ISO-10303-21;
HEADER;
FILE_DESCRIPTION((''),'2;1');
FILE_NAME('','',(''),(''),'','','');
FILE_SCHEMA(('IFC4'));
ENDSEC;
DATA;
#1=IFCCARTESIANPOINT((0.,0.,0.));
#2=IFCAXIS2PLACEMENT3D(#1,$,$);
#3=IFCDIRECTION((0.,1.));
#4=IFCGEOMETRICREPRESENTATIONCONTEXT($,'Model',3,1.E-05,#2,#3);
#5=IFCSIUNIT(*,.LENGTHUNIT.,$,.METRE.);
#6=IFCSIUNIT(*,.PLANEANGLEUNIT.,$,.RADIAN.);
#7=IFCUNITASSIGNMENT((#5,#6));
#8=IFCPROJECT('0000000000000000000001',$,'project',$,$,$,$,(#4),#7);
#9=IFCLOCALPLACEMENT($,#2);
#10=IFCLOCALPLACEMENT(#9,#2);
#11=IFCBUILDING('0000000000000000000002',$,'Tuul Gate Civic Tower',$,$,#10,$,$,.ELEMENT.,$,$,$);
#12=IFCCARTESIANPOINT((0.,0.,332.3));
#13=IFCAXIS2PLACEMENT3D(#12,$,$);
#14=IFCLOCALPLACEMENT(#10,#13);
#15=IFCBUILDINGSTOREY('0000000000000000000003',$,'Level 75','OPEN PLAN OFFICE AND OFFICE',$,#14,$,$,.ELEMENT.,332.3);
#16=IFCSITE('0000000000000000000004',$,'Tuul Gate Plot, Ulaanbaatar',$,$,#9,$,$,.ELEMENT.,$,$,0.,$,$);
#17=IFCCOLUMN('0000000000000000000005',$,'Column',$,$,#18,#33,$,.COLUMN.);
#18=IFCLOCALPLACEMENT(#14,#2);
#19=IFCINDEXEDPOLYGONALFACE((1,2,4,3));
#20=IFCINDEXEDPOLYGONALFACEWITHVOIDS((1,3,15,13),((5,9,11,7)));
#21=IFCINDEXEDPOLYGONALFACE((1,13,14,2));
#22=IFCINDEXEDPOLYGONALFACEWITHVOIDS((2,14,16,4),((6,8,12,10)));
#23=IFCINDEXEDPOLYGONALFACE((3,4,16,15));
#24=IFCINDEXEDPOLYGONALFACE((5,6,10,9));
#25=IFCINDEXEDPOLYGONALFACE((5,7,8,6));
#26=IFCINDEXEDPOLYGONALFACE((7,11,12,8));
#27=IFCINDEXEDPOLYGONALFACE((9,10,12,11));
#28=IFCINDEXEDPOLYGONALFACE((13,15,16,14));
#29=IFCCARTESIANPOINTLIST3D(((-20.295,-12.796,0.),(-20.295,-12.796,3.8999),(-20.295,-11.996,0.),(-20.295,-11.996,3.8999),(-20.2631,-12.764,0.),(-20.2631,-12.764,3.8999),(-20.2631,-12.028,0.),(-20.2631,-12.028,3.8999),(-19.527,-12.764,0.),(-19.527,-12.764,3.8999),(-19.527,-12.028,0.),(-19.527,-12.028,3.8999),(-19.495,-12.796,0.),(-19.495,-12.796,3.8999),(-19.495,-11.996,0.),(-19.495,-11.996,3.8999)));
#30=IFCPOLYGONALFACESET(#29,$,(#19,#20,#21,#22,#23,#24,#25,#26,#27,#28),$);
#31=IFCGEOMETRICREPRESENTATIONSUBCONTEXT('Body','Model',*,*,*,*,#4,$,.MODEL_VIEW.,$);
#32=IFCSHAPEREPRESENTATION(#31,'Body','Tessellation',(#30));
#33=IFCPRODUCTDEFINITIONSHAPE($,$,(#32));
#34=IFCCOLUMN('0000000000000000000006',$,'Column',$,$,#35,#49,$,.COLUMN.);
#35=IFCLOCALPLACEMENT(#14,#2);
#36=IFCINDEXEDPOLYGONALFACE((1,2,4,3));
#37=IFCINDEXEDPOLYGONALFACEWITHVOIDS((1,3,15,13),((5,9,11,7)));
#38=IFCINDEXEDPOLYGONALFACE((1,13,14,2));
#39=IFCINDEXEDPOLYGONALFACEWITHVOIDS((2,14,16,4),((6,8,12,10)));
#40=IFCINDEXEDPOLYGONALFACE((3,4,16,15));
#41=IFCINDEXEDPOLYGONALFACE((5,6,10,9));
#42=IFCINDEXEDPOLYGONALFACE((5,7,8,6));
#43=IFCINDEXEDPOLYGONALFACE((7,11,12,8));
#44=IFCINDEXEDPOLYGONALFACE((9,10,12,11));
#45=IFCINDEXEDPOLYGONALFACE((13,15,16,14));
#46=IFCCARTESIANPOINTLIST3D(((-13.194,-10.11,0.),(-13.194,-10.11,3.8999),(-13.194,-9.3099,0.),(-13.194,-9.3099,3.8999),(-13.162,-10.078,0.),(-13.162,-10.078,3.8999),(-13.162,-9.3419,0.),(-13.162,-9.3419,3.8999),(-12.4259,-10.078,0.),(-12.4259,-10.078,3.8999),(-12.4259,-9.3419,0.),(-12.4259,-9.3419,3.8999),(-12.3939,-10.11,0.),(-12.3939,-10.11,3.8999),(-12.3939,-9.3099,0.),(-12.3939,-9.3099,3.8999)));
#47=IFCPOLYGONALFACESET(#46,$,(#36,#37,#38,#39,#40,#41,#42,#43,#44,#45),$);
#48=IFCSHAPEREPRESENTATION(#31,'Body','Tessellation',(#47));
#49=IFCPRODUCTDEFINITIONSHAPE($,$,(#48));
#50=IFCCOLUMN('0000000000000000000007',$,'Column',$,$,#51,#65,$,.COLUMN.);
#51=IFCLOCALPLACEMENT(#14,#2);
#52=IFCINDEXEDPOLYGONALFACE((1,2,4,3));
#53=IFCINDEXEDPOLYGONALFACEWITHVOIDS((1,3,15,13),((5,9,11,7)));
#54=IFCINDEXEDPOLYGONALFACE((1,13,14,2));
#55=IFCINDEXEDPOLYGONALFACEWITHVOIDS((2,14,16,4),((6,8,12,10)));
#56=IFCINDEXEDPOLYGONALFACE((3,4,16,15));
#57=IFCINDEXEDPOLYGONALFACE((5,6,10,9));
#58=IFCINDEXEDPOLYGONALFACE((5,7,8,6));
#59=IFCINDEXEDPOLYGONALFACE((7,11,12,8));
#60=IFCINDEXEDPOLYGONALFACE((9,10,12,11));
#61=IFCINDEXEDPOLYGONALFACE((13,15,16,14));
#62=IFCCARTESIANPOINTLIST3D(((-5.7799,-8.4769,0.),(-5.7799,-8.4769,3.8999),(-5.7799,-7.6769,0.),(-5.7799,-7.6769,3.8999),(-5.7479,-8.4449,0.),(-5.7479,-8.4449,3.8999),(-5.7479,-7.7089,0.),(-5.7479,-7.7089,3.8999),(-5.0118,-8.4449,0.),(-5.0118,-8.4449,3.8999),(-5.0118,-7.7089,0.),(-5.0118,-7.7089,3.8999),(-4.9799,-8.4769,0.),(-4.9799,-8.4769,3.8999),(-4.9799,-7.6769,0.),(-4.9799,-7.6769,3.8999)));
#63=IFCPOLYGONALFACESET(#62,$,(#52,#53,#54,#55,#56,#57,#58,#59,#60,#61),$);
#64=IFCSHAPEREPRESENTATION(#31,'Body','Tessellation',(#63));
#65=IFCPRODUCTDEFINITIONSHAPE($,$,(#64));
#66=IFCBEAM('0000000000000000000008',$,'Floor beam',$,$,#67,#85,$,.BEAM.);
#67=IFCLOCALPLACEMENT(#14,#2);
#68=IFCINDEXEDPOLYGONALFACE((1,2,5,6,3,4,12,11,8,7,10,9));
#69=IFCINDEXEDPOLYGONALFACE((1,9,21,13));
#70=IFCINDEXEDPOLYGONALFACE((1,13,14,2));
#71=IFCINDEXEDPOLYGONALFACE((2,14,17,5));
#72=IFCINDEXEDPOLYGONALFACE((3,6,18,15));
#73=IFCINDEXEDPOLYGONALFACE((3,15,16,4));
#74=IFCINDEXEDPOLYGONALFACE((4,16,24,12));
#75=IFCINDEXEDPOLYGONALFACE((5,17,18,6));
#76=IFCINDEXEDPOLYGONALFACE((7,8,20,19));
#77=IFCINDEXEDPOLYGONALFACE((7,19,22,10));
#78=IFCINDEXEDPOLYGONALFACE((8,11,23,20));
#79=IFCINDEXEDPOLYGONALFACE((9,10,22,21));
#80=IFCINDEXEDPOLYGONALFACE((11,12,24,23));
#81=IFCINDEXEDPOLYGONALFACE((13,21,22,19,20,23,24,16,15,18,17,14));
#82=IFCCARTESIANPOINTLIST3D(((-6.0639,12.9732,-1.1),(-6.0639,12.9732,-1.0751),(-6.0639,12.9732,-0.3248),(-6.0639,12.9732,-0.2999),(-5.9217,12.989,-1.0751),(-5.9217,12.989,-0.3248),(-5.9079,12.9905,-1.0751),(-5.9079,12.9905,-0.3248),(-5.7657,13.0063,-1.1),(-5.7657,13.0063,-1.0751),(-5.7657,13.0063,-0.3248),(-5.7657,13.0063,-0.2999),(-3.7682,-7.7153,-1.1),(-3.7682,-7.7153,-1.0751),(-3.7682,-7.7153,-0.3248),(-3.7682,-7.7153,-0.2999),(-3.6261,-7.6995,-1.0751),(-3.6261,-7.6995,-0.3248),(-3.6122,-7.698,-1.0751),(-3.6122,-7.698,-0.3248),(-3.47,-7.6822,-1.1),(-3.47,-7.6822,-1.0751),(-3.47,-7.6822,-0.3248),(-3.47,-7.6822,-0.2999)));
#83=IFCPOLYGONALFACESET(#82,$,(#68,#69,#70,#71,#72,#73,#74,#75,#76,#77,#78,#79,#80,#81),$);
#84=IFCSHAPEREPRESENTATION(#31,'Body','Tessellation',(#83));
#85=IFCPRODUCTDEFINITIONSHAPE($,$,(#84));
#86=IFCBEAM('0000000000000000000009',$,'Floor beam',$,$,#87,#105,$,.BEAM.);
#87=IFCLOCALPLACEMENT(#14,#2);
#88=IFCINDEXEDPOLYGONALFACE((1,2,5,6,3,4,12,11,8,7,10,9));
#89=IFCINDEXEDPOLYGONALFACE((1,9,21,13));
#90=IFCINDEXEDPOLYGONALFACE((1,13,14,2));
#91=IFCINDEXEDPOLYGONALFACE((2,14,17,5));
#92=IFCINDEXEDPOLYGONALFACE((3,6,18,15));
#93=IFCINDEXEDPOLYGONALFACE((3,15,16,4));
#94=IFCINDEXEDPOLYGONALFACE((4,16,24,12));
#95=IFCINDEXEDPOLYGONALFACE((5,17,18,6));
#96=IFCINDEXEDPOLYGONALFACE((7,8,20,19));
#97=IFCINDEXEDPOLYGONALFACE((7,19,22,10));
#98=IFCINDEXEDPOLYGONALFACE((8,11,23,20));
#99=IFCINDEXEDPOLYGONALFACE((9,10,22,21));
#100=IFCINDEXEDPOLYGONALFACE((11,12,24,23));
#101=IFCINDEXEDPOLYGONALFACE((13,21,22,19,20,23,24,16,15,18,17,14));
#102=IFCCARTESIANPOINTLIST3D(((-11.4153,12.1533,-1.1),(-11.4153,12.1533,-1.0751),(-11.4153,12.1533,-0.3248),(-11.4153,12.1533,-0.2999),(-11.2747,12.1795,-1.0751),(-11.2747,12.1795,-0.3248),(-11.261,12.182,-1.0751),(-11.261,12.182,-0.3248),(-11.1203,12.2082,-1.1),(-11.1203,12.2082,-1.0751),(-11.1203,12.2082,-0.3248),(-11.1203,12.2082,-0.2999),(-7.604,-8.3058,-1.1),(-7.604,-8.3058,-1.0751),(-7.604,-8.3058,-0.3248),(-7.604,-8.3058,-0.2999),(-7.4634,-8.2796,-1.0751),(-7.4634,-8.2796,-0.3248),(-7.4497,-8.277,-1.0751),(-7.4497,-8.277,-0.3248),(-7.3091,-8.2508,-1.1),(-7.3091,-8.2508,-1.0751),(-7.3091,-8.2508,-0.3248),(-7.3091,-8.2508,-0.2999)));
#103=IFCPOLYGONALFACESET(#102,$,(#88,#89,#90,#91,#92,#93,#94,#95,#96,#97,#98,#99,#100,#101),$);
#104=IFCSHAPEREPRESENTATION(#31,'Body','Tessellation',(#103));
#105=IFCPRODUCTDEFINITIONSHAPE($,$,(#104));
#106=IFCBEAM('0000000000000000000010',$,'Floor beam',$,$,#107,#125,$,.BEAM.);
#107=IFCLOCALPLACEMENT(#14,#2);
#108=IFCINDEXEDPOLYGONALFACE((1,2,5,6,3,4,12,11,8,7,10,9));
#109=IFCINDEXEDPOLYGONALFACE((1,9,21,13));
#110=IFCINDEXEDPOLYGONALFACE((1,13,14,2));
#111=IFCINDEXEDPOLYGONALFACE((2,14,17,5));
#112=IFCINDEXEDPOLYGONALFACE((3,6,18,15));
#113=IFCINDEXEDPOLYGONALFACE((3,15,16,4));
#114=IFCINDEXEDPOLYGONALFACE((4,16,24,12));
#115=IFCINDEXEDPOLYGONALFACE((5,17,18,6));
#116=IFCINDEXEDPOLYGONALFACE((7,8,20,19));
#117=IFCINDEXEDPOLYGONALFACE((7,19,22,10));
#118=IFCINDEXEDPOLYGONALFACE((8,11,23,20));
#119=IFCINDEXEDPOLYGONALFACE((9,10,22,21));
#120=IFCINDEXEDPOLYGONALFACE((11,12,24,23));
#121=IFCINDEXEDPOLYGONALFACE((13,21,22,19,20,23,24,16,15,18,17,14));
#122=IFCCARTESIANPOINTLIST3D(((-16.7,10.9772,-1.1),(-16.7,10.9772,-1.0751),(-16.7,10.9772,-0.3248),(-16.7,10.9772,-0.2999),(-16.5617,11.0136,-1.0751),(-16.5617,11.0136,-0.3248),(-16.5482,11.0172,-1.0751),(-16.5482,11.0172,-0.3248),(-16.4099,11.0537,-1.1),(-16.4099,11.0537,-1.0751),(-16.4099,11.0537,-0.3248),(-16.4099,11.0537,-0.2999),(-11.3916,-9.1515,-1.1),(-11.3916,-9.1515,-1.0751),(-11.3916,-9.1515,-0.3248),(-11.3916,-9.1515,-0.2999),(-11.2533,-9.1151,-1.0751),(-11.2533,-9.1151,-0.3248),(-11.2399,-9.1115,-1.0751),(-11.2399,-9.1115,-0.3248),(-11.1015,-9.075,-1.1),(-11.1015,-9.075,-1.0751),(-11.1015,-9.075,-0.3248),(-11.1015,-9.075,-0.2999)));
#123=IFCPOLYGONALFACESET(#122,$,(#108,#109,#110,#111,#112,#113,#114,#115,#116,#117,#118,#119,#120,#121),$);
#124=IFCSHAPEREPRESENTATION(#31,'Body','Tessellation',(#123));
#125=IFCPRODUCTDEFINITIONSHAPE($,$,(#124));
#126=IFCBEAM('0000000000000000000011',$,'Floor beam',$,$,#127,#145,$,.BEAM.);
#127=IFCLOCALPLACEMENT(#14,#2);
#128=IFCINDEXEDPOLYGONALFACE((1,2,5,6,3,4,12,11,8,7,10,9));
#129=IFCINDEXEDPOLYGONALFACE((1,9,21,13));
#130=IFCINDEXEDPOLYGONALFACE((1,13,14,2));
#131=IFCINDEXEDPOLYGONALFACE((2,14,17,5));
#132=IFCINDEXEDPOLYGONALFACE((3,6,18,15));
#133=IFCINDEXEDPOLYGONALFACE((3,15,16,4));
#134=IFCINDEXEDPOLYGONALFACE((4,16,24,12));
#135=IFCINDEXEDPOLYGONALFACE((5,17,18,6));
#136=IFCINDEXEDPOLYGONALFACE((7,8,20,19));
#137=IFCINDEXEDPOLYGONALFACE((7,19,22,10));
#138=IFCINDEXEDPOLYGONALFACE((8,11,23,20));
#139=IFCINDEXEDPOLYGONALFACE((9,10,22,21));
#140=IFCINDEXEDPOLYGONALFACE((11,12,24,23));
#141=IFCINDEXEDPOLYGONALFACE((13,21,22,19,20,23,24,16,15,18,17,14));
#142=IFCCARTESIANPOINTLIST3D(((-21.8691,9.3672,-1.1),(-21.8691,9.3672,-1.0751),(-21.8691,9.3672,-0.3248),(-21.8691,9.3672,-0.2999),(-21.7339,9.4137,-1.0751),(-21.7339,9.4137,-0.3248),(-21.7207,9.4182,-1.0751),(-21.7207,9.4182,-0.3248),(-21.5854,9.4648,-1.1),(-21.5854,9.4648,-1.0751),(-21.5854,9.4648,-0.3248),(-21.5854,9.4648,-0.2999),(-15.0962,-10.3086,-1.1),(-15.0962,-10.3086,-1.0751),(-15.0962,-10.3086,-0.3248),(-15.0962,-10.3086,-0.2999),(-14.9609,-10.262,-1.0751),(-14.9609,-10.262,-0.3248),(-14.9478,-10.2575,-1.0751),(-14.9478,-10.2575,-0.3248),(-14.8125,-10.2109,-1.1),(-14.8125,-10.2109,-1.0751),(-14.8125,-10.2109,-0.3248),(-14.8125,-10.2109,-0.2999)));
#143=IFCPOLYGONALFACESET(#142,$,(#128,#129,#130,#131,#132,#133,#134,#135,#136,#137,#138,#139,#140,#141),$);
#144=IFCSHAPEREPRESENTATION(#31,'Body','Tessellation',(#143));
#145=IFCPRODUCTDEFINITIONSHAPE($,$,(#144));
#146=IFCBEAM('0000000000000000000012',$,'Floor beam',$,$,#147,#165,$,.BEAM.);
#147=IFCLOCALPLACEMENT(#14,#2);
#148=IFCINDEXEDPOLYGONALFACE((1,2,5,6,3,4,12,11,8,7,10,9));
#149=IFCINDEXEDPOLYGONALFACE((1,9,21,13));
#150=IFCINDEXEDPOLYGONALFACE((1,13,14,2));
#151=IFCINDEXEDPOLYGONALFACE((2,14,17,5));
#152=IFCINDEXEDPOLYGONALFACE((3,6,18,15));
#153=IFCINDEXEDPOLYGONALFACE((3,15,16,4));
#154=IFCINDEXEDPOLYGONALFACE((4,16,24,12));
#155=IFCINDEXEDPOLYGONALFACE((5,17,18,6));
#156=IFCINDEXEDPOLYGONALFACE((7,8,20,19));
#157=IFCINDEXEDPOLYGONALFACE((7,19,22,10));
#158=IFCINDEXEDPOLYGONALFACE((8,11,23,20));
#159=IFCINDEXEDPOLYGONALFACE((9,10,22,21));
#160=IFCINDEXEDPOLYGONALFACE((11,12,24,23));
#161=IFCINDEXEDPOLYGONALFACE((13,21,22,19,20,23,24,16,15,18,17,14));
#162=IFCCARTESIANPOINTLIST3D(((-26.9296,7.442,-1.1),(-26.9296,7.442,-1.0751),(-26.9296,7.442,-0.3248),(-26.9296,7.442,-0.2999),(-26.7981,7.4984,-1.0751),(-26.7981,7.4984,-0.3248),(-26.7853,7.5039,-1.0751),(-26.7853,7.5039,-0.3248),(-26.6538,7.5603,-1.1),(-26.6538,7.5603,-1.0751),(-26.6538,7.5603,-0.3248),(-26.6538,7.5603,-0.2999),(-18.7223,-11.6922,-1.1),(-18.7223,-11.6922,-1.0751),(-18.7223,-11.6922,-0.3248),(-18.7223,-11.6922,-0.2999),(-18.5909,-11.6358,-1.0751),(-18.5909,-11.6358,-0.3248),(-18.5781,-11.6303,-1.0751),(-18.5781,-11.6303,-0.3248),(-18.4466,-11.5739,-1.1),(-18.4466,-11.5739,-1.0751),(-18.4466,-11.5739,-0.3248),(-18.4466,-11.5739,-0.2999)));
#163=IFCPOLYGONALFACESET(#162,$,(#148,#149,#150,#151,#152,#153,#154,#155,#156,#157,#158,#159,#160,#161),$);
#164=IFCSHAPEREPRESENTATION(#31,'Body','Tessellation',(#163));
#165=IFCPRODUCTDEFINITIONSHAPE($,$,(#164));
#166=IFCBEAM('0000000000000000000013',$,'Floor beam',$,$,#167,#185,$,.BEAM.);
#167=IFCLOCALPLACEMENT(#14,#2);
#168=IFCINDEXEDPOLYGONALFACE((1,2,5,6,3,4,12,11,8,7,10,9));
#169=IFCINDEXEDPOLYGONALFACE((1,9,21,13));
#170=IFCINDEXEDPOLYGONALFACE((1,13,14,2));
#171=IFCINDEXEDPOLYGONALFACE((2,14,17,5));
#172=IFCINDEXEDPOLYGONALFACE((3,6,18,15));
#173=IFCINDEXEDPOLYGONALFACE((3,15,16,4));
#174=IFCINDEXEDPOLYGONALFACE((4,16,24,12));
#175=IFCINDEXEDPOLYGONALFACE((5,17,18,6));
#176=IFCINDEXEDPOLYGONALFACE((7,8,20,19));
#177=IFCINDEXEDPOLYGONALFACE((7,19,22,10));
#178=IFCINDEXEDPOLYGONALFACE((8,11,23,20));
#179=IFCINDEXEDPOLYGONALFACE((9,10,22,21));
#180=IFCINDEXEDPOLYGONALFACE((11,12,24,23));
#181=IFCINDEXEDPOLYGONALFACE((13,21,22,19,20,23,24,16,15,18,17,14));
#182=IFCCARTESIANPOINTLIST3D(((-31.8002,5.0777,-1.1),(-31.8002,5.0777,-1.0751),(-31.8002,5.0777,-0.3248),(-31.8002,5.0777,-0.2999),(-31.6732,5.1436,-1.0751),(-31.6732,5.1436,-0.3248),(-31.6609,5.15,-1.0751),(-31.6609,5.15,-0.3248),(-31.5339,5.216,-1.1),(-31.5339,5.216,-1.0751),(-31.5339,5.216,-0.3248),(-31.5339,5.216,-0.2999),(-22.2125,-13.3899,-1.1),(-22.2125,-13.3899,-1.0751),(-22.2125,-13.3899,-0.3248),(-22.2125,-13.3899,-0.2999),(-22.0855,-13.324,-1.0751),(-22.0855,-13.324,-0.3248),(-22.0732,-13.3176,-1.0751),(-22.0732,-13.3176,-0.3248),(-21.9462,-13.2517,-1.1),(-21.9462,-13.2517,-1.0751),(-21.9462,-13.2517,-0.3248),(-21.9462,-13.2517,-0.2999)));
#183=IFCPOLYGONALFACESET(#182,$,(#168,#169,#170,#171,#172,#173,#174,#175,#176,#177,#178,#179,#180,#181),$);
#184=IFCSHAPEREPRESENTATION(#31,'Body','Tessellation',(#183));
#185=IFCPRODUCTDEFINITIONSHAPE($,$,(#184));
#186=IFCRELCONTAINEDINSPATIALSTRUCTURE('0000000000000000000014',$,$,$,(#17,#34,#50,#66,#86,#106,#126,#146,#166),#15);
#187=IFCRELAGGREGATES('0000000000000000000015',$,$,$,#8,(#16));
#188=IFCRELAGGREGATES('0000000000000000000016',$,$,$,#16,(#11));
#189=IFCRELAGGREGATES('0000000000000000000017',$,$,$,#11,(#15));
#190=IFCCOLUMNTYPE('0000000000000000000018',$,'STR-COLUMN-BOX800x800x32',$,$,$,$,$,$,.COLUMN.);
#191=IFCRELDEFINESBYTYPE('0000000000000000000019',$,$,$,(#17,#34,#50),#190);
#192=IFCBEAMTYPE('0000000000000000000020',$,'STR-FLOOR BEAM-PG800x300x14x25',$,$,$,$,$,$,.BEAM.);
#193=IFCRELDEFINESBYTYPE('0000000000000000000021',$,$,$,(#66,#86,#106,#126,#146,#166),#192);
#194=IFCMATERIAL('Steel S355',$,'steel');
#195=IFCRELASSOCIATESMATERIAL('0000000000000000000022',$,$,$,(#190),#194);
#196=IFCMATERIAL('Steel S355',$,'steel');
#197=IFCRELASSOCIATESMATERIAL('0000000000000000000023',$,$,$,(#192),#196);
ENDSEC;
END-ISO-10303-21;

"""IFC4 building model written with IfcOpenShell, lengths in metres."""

from ifc_helpers import new_model, si_unit, direction, frame, origin, origin_2d, place, context, subcontext, project, spatial, hollow_rectangle, i_section, extrude, material, material_profile, profile_set, type_object, element, save


model = new_model("IFC4")

# Units and contexts
model_context = context("Model", 3, precision=1e-05, world=origin(), true_north=direction((0.0, 1.0)))
body_context = subcontext(model_context, "Body", "Model", "MODEL_VIEW")
ifc_project = project(units=[si_unit("LENGTHUNIT", "METRE"), si_unit("PLANEANGLEUNIT", "RADIAN")], contexts=[model_context])

# Site, building, storey
site_placement = place(None, origin())
site = spatial("IfcSite", under=ifc_project, at=site_placement, Name="Tuul Gate Plot, Ulaanbaatar", CompositionType="ELEMENT", RefElevation=0.0)
building_placement = place(site_placement, origin())
building = spatial("IfcBuilding", under=site, at=building_placement, Name="Tuul Gate Civic Tower", CompositionType="ELEMENT")
storey_placement = place(building_placement, frame((0.0, 0.0, 332.3)))
storey = spatial("IfcBuildingStorey", under=building, at=storey_placement, Name="Level 75", Description="OPEN PLAN OFFICE AND OFFICE", CompositionType="ELEMENT", Elevation=332.3)

# Columns
ifc_material_1 = material(Name="Steel S355", Category="steel")
ifc_material_profile_1 = material_profile(ifc_material_1, hollow_rectangle(XDim=0.8, YDim=0.8, WallThickness=0.032, at=origin_2d()), Name="BOX800x800x32")
ifc_profile_set_1 = profile_set([ifc_material_profile_1], Name="Steel S355")
column_type = type_object("IfcColumnType", Name="STR-COLUMN-BOX800x800x32", PredefinedType="COLUMN", material=ifc_profile_set_1)
for number, where, z_axis, x_axis, name in (
    (1, (-19.895, -12.396, 0.0), (0.0, 0.0, 1.0), (1.0, 0.0, 0.0), "Column"),
    (2, (-12.7939, -9.71, 0.0), (0.0, 0.0, 1.0), (1.0, 0.0, 0.0), "Column"),
    (3, (-5.3799, -8.0769, 0.0), (0.0, 0.0, 1.0), (1.0, 0.0, 0.0), "Column"),
):
    element("IfcColumn", number, at=place(storey_placement, frame(where, z_axis=z_axis, x_axis=x_axis)), inside=storey, type_object=column_type, Name=name, PredefinedType="COLUMN", context=body_context, shape_type="SweptSolid", body=[
        extrude(hollow_rectangle(XDim=0.8, YDim=0.8, WallThickness=0.032, at=origin_2d()), origin(), (0.0, 0.0, 1.0), 3.8999),
    ])

# Beams
ifc_material_2 = material(Name="Steel S355", Category="steel")
ifc_material_profile_2 = material_profile(ifc_material_2, i_section(OverallWidth=0.3, OverallDepth=0.8, WebThickness=0.0139, FlangeThickness=0.0249, at=origin_2d()), Name="PG800x300x14x25")
ifc_profile_set_2 = profile_set([ifc_material_profile_2], Name="Steel S355")
beam_type_1 = type_object("IfcBeamType", Name="STR-FLOOR BEAM-PG800x300x14x25", PredefinedType="BEAM", material=ifc_profile_set_2)
beam_1_placement = place(storey_placement, frame((-3.6191, -7.6987, -0.7), z_axis=(-0.110286, 0.9939, 0.0), x_axis=(-0.9939, -0.110286, 0.0)))
element("IfcBeam", 4, at=beam_1_placement, inside=storey, type_object=beam_type_1, Name="Floor beam", PredefinedType="BEAM", context=body_context, shape_type="SweptSolid", body=[
    extrude(i_section(OverallWidth=0.3, OverallDepth=0.8, WebThickness=0.0139, FlangeThickness=0.0249, at=origin_2d()), origin(), (0.0, 0.0, 1.0), 20.8154),
])
beam_2_placement = place(storey_placement, frame((-7.4565, -8.2783, -0.7), z_axis=(-0.183138, 0.983087, 0.0), x_axis=(-0.983087, -0.183138, 0.0)))
element("IfcBeam", 5, at=beam_2_placement, inside=storey, type_object=beam_type_1, Name="Floor beam", PredefinedType="BEAM", context=body_context, shape_type="SweptSolid", body=[
    extrude(i_section(OverallWidth=0.3, OverallDepth=0.8, WebThickness=0.0139, FlangeThickness=0.0249, at=origin_2d()), origin(), (0.0, 0.0, 1.0), 20.811),
])
beam_3_placement = place(storey_placement, frame((-11.2466, -9.1133, -0.7), z_axis=(-0.255002, 0.96694, 0.0), x_axis=(-0.96694, -0.255002, 0.0)))
element("IfcBeam", 6, at=beam_3_placement, inside=storey, type_object=beam_type_1, Name="Floor beam", PredefinedType="BEAM", context=body_context, shape_type="SweptSolid", body=[
    extrude(i_section(OverallWidth=0.3, OverallDepth=0.8, WebThickness=0.0139, FlangeThickness=0.0249, at=origin_2d()), origin(), (0.0, 0.0, 1.0), 20.8169),
])
beam_4_placement = place(storey_placement, frame((-14.9543, -10.2598, -0.7), z_axis=(-0.325484, 0.945548, 0.0), x_axis=(-0.945548, -0.325484, 0.0)))
element("IfcBeam", 7, at=beam_4_placement, inside=storey, type_object=beam_type_1, Name="Floor beam", PredefinedType="BEAM", context=body_context, shape_type="SweptSolid", body=[
    extrude(i_section(OverallWidth=0.3, OverallDepth=0.8, WebThickness=0.0139, FlangeThickness=0.0249, at=origin_2d()), origin(), (0.0, 0.0, 1.0), 20.8088),
])
beam_5_placement = place(storey_placement, frame((-18.5845, -11.6331, -0.7), z_axis=(-0.394198, 0.919026, 0.0), x_axis=(-0.919026, -0.394198, 0.0)))
element("IfcBeam", 8, at=beam_5_placement, inside=storey, type_object=beam_type_1, Name="Floor beam", PredefinedType="BEAM", context=body_context, shape_type="SweptSolid", body=[
    extrude(i_section(OverallWidth=0.3, OverallDepth=0.8, WebThickness=0.0139, FlangeThickness=0.0249, at=origin_2d()), origin(), (0.0, 0.0, 1.0), 20.8201),
])
beam_6_placement = place(storey_placement, frame((-22.0793, -13.3208, -0.7), z_axis=(-0.460767, 0.887521, 0.0), x_axis=(-0.887521, -0.460767, 0.0)))
element("IfcBeam", 9, at=beam_6_placement, inside=storey, type_object=beam_type_1, Name="Floor beam", PredefinedType="BEAM", context=body_context, shape_type="SweptSolid", body=[
    extrude(i_section(OverallWidth=0.3, OverallDepth=0.8, WebThickness=0.0139, FlangeThickness=0.0249, at=origin_2d()), origin(), (0.0, 0.0, 1.0), 20.8081),
])

save(model, "model.ifc")
